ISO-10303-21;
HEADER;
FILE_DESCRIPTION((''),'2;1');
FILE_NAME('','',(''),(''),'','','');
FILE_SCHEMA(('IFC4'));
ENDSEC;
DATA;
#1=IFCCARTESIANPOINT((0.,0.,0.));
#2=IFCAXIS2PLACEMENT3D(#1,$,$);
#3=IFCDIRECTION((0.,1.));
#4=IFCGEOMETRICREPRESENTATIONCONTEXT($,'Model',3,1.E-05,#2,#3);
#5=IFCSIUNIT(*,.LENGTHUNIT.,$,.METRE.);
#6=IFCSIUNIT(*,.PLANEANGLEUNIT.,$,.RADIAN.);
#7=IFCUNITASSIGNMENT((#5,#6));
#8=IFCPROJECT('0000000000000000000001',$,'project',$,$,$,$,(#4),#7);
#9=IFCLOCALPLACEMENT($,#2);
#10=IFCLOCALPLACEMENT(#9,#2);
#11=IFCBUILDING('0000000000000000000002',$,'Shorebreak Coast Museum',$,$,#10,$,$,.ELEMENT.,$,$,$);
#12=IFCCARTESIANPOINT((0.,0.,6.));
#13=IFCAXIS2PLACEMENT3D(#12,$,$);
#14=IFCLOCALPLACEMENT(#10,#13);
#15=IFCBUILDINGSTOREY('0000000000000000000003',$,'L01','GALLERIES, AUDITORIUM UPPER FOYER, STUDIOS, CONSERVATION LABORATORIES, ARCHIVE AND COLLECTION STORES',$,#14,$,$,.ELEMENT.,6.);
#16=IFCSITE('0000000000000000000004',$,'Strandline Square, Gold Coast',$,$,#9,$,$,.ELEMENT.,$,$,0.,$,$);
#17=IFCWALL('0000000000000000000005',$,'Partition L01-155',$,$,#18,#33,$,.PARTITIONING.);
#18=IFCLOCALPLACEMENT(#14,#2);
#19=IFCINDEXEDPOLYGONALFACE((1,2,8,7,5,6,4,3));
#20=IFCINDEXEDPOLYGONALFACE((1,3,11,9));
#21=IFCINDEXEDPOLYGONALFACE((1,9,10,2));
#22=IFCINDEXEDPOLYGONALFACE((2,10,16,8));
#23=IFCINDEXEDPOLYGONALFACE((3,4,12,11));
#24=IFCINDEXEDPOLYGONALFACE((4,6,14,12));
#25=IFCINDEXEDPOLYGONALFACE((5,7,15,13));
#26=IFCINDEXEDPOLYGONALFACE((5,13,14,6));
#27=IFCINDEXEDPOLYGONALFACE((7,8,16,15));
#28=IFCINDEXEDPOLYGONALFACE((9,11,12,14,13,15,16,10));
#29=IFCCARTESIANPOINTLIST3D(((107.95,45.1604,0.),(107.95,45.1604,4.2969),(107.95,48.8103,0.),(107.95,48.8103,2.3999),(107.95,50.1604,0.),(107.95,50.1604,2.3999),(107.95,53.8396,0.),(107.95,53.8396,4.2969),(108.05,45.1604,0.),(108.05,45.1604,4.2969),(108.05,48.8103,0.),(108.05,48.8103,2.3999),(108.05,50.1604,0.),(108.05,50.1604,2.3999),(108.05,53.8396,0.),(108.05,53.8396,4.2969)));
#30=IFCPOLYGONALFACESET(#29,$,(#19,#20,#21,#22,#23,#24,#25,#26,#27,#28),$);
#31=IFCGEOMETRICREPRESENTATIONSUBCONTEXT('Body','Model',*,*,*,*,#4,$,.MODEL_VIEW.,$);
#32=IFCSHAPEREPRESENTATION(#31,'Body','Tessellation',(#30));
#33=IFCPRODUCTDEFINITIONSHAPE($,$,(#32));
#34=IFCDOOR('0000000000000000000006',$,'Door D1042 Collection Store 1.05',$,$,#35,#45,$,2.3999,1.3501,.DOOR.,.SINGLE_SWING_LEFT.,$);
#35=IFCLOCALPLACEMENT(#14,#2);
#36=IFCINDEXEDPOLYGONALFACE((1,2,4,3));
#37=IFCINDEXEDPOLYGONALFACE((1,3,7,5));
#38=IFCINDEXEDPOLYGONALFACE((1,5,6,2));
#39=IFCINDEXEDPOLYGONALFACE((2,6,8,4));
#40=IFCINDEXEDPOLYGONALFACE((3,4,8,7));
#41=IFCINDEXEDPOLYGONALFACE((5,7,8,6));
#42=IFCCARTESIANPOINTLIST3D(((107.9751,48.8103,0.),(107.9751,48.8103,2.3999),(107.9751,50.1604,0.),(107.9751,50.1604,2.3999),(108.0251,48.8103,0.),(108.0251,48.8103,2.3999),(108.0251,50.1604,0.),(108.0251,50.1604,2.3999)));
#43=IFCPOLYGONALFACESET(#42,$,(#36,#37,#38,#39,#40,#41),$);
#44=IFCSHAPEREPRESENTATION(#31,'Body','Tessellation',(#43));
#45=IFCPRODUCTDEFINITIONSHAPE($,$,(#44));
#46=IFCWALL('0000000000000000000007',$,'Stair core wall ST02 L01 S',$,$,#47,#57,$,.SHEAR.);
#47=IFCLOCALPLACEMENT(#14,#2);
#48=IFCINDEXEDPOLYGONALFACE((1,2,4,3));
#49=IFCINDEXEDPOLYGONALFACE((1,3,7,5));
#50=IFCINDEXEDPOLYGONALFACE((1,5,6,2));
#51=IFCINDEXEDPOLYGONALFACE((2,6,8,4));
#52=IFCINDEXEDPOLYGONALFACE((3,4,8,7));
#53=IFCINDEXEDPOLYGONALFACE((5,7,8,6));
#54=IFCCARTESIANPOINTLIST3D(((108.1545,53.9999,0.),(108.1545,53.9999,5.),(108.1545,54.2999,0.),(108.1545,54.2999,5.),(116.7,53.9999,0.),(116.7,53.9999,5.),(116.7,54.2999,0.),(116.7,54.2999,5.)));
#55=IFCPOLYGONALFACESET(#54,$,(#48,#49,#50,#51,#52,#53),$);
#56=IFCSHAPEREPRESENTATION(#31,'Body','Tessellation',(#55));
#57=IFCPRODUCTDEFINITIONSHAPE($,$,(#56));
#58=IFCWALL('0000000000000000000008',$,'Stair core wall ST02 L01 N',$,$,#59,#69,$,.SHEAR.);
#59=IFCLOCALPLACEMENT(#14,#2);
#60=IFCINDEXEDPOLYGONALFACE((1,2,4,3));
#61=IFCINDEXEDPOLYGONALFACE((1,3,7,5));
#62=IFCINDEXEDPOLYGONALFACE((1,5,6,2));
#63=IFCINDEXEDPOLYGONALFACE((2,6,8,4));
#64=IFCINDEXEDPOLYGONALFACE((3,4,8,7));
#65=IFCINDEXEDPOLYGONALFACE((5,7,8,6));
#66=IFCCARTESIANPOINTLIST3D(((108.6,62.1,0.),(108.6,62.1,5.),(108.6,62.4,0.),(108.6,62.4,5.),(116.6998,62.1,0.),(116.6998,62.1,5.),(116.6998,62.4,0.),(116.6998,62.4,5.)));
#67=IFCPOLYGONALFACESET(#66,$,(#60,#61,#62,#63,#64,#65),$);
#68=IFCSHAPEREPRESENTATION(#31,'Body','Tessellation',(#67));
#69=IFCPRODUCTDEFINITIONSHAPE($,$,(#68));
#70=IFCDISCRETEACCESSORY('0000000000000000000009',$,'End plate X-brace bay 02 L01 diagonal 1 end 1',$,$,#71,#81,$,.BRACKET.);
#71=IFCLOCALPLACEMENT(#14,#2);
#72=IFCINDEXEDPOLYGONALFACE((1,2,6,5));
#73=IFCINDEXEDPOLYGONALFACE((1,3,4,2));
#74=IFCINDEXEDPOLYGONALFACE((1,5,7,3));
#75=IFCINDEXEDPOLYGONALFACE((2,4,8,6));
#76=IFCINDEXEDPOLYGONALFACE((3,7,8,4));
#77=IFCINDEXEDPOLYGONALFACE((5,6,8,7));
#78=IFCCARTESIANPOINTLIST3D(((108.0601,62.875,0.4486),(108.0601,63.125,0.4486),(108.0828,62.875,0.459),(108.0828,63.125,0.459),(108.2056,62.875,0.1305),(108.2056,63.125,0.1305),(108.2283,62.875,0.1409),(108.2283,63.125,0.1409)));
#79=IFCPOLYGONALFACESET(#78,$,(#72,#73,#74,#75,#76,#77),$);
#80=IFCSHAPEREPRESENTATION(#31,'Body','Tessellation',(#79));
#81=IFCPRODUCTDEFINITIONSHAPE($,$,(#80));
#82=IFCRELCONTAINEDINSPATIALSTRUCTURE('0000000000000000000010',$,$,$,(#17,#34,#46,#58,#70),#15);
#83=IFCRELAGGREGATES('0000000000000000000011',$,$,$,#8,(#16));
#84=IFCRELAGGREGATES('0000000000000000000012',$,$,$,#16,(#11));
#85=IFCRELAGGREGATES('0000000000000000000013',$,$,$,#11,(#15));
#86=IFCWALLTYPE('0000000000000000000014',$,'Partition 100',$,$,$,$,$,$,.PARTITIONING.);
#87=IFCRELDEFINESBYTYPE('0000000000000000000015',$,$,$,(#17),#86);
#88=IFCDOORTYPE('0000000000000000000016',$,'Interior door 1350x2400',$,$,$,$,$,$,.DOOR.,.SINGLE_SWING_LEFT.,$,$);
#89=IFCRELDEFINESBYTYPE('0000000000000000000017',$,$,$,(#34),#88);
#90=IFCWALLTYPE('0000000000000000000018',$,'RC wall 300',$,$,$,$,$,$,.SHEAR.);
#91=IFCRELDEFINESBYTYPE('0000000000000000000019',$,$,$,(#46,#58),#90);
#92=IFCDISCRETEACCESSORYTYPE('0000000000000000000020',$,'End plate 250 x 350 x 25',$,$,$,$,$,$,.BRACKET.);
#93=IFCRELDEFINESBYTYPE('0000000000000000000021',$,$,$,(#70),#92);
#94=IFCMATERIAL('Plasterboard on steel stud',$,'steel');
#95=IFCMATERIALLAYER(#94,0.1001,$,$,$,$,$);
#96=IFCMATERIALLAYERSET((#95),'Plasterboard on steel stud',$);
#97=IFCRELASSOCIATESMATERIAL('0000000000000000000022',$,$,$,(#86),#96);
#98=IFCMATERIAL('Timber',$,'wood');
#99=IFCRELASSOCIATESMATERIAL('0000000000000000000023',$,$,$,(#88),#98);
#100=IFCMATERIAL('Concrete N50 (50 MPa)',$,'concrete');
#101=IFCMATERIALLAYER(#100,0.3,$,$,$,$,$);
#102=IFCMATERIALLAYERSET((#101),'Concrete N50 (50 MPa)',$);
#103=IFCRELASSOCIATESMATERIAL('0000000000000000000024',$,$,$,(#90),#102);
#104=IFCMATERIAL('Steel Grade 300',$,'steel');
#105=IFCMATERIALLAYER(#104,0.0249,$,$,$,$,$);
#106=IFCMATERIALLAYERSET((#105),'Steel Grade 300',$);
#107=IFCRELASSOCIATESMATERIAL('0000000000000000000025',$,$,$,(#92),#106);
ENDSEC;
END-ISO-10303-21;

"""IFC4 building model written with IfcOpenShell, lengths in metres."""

from ifc_helpers import new_model, si_unit, direction, frame, frame_2d, origin, place, context, subcontext, project, spatial, polyline, rectangle, outline, extrude, material, layer, layer_set, type_object, element, fill, save


model = new_model("IFC4")

# Units and contexts
model_context = context("Model", 3, precision=1e-05, world=origin(), true_north=direction((0.0, 1.0)))
body_context = subcontext(model_context, "Body", "Model", "MODEL_VIEW")
ifc_project = project(units=[si_unit("LENGTHUNIT", "METRE"), si_unit("PLANEANGLEUNIT", "RADIAN")], contexts=[model_context])

# Site, building, storey
site_placement = place(None, origin())
site = spatial("IfcSite", under=ifc_project, at=site_placement, Name="Strandline Square, Gold Coast", CompositionType="ELEMENT", RefElevation=0.0)
building_placement = place(site_placement, origin())
building = spatial("IfcBuilding", under=site, at=building_placement, Name="Shorebreak Coast Museum", CompositionType="ELEMENT")
storey_placement = place(building_placement, frame((0.0, 0.0, 6.0)))
storey = spatial("IfcBuildingStorey", under=building, at=storey_placement, Name="L01", Description="GALLERIES, AUDITORIUM UPPER FOYER, STUDIOS, CONSERVATION LABORATORIES, ARCHIVE AND COLLECTION STORES", CompositionType="ELEMENT", Elevation=6.0)

# Shared definitions
ifc_material_1 = material(Name="Plasterboard on steel stud", Category="steel")
ifc_layer_1 = layer(ifc_material_1, 0.1001)
ifc_layer_set_1 = layer_set([ifc_layer_1], Name="Plasterboard on steel stud")
wall_type_1 = type_object("IfcWallType", Name="Partition 100", PredefinedType="PARTITIONING", material=ifc_layer_set_1)

# Wall, opening, door
wall_1_placement = place(storey_placement, frame((108.0, 45.1604, 0.0), z_axis=(0.0, 0.0, 1.0), x_axis=(0.0, 1.0, 0.0)))
wall_1 = element("IfcWall", 1, at=wall_1_placement, inside=storey, type_object=wall_type_1, Name="Partition L01-155", PredefinedType="PARTITIONING", context=body_context, shape_type="SweptSolid", body=[
    extrude(rectangle(XDim=8.6792, YDim=0.1001, at=frame_2d((4.3396, 0.0))), origin(), (0.0, 0.0, 1.0), 4.2969),
])
opening_placement = place(wall_1_placement, frame((3.6499, 0.0, 0.0)))
opening = element("IfcOpeningElement", 2, at=opening_placement, cuts=wall_1, PredefinedType="OPENING", context=body_context, shape_type="SweptSolid", body=[
    extrude(rectangle(XDim=1.3501, YDim=2.3999, at=frame_2d((0.675, 1.2))), frame((0.0, 0.0601, 0.0), z_axis=(0.0, -1.0, 0.0), x_axis=(1.0, 0.0, 0.0)), (0.0, 0.0, 1.0), 0.1201),
])
ifc_material_2 = material(Name="Timber", Category="wood")
door_type = type_object("IfcDoorType", Name="Interior door 1350x2400", OperationType="SINGLE_SWING_LEFT", PredefinedType="DOOR", material=ifc_material_2)
door_placement = place(opening_placement, origin())
door = element("IfcDoor", 3, at=door_placement, inside=storey, type_object=door_type, Name="Door D1042 Collection Store 1.05", OperationType="SINGLE_SWING_LEFT", OverallHeight=2.3999, OverallWidth=1.3501, PredefinedType="DOOR", context=body_context, shape_type="SweptSolid", body=[
    extrude(rectangle(XDim=1.3501, YDim=2.3999, at=frame_2d((0.675, 1.2))), frame((0.0, 0.0249, 0.0), z_axis=(0.0, -1.0, 0.0), x_axis=(1.0, 0.0, 0.0)), (0.0, 0.0, 1.0), 0.05),
])
fill(opening, door)

# Walls
ifc_material_3 = material(Name="Concrete N50 (50 MPa)", Category="concrete")
ifc_layer_2 = layer(ifc_material_3, 0.3)
ifc_layer_set_2 = layer_set([ifc_layer_2], Name="Concrete N50 (50 MPa)")
wall_type_2 = type_object("IfcWallType", Name="RC wall 300", PredefinedType="SHEAR", material=ifc_layer_set_2)
wall_2_placement = place(storey_placement, frame((108.1545, 54.1499, 0.0), z_axis=(0.0, 0.0, 1.0), x_axis=(1.0, 0.0, 0.0)))
element("IfcWall", 4, at=wall_2_placement, inside=storey, type_object=wall_type_2, Name="Stair core wall ST02 L01 S", PredefinedType="SHEAR", context=body_context, shape_type="SweptSolid", body=[
    extrude(rectangle(XDim=8.5454, YDim=0.3, at=frame_2d((4.2727, 0.0))), origin(), (0.0, 0.0, 1.0), 5.0),
])
wall_3_placement = place(storey_placement, frame((108.6001, 62.25, 0.0), z_axis=(0.0, 0.0, 1.0), x_axis=(1.0, 0.0, 0.0)))
element("IfcWall", 5, at=wall_3_placement, inside=storey, type_object=wall_type_2, Name="Stair core wall ST02 L01 N", PredefinedType="SHEAR", context=body_context, shape_type="SweptSolid", body=[
    extrude(rectangle(XDim=8.0999, YDim=0.3, at=frame_2d((4.0498, 0.0))), origin(), (0.0, 0.0, 1.0), 5.0),
])

# Discrete accessory
ifc_material_4 = material(Name="Steel Grade 300", Category="steel")
ifc_layer_3 = layer(ifc_material_4, 0.0249)
ifc_layer_set_3 = layer_set([ifc_layer_3], Name="Steel Grade 300")
discrete_accessory_type = type_object("IfcDiscreteAccessoryType", Name="End plate 250 x 350 x 25", PredefinedType="BRACKET", material=ifc_layer_set_3)
discrete_accessory_placement = place(storey_placement, frame((108.2283, 62.875, 0.1409), z_axis=(0.909384, 0.0, 0.415958), x_axis=(0.0, 1.0, 0.0)))
element("IfcDiscreteAccessory", 6, at=discrete_accessory_placement, inside=storey, type_object=discrete_accessory_type, Name="End plate X-brace bay 02 L01 diagonal 1 end 1", PredefinedType="BRACKET", context=body_context, shape_type="SweptSolid", body=[
    extrude(outline(polyline([(0.0, 0.0), (0.25, 0.0), (0.25, 0.3498), (0.0, 0.3498), (0.0, 0.0)])), origin(), (0.0, 0.0, -1.0), 0.0249),
])

save(model, "model.ifc")
